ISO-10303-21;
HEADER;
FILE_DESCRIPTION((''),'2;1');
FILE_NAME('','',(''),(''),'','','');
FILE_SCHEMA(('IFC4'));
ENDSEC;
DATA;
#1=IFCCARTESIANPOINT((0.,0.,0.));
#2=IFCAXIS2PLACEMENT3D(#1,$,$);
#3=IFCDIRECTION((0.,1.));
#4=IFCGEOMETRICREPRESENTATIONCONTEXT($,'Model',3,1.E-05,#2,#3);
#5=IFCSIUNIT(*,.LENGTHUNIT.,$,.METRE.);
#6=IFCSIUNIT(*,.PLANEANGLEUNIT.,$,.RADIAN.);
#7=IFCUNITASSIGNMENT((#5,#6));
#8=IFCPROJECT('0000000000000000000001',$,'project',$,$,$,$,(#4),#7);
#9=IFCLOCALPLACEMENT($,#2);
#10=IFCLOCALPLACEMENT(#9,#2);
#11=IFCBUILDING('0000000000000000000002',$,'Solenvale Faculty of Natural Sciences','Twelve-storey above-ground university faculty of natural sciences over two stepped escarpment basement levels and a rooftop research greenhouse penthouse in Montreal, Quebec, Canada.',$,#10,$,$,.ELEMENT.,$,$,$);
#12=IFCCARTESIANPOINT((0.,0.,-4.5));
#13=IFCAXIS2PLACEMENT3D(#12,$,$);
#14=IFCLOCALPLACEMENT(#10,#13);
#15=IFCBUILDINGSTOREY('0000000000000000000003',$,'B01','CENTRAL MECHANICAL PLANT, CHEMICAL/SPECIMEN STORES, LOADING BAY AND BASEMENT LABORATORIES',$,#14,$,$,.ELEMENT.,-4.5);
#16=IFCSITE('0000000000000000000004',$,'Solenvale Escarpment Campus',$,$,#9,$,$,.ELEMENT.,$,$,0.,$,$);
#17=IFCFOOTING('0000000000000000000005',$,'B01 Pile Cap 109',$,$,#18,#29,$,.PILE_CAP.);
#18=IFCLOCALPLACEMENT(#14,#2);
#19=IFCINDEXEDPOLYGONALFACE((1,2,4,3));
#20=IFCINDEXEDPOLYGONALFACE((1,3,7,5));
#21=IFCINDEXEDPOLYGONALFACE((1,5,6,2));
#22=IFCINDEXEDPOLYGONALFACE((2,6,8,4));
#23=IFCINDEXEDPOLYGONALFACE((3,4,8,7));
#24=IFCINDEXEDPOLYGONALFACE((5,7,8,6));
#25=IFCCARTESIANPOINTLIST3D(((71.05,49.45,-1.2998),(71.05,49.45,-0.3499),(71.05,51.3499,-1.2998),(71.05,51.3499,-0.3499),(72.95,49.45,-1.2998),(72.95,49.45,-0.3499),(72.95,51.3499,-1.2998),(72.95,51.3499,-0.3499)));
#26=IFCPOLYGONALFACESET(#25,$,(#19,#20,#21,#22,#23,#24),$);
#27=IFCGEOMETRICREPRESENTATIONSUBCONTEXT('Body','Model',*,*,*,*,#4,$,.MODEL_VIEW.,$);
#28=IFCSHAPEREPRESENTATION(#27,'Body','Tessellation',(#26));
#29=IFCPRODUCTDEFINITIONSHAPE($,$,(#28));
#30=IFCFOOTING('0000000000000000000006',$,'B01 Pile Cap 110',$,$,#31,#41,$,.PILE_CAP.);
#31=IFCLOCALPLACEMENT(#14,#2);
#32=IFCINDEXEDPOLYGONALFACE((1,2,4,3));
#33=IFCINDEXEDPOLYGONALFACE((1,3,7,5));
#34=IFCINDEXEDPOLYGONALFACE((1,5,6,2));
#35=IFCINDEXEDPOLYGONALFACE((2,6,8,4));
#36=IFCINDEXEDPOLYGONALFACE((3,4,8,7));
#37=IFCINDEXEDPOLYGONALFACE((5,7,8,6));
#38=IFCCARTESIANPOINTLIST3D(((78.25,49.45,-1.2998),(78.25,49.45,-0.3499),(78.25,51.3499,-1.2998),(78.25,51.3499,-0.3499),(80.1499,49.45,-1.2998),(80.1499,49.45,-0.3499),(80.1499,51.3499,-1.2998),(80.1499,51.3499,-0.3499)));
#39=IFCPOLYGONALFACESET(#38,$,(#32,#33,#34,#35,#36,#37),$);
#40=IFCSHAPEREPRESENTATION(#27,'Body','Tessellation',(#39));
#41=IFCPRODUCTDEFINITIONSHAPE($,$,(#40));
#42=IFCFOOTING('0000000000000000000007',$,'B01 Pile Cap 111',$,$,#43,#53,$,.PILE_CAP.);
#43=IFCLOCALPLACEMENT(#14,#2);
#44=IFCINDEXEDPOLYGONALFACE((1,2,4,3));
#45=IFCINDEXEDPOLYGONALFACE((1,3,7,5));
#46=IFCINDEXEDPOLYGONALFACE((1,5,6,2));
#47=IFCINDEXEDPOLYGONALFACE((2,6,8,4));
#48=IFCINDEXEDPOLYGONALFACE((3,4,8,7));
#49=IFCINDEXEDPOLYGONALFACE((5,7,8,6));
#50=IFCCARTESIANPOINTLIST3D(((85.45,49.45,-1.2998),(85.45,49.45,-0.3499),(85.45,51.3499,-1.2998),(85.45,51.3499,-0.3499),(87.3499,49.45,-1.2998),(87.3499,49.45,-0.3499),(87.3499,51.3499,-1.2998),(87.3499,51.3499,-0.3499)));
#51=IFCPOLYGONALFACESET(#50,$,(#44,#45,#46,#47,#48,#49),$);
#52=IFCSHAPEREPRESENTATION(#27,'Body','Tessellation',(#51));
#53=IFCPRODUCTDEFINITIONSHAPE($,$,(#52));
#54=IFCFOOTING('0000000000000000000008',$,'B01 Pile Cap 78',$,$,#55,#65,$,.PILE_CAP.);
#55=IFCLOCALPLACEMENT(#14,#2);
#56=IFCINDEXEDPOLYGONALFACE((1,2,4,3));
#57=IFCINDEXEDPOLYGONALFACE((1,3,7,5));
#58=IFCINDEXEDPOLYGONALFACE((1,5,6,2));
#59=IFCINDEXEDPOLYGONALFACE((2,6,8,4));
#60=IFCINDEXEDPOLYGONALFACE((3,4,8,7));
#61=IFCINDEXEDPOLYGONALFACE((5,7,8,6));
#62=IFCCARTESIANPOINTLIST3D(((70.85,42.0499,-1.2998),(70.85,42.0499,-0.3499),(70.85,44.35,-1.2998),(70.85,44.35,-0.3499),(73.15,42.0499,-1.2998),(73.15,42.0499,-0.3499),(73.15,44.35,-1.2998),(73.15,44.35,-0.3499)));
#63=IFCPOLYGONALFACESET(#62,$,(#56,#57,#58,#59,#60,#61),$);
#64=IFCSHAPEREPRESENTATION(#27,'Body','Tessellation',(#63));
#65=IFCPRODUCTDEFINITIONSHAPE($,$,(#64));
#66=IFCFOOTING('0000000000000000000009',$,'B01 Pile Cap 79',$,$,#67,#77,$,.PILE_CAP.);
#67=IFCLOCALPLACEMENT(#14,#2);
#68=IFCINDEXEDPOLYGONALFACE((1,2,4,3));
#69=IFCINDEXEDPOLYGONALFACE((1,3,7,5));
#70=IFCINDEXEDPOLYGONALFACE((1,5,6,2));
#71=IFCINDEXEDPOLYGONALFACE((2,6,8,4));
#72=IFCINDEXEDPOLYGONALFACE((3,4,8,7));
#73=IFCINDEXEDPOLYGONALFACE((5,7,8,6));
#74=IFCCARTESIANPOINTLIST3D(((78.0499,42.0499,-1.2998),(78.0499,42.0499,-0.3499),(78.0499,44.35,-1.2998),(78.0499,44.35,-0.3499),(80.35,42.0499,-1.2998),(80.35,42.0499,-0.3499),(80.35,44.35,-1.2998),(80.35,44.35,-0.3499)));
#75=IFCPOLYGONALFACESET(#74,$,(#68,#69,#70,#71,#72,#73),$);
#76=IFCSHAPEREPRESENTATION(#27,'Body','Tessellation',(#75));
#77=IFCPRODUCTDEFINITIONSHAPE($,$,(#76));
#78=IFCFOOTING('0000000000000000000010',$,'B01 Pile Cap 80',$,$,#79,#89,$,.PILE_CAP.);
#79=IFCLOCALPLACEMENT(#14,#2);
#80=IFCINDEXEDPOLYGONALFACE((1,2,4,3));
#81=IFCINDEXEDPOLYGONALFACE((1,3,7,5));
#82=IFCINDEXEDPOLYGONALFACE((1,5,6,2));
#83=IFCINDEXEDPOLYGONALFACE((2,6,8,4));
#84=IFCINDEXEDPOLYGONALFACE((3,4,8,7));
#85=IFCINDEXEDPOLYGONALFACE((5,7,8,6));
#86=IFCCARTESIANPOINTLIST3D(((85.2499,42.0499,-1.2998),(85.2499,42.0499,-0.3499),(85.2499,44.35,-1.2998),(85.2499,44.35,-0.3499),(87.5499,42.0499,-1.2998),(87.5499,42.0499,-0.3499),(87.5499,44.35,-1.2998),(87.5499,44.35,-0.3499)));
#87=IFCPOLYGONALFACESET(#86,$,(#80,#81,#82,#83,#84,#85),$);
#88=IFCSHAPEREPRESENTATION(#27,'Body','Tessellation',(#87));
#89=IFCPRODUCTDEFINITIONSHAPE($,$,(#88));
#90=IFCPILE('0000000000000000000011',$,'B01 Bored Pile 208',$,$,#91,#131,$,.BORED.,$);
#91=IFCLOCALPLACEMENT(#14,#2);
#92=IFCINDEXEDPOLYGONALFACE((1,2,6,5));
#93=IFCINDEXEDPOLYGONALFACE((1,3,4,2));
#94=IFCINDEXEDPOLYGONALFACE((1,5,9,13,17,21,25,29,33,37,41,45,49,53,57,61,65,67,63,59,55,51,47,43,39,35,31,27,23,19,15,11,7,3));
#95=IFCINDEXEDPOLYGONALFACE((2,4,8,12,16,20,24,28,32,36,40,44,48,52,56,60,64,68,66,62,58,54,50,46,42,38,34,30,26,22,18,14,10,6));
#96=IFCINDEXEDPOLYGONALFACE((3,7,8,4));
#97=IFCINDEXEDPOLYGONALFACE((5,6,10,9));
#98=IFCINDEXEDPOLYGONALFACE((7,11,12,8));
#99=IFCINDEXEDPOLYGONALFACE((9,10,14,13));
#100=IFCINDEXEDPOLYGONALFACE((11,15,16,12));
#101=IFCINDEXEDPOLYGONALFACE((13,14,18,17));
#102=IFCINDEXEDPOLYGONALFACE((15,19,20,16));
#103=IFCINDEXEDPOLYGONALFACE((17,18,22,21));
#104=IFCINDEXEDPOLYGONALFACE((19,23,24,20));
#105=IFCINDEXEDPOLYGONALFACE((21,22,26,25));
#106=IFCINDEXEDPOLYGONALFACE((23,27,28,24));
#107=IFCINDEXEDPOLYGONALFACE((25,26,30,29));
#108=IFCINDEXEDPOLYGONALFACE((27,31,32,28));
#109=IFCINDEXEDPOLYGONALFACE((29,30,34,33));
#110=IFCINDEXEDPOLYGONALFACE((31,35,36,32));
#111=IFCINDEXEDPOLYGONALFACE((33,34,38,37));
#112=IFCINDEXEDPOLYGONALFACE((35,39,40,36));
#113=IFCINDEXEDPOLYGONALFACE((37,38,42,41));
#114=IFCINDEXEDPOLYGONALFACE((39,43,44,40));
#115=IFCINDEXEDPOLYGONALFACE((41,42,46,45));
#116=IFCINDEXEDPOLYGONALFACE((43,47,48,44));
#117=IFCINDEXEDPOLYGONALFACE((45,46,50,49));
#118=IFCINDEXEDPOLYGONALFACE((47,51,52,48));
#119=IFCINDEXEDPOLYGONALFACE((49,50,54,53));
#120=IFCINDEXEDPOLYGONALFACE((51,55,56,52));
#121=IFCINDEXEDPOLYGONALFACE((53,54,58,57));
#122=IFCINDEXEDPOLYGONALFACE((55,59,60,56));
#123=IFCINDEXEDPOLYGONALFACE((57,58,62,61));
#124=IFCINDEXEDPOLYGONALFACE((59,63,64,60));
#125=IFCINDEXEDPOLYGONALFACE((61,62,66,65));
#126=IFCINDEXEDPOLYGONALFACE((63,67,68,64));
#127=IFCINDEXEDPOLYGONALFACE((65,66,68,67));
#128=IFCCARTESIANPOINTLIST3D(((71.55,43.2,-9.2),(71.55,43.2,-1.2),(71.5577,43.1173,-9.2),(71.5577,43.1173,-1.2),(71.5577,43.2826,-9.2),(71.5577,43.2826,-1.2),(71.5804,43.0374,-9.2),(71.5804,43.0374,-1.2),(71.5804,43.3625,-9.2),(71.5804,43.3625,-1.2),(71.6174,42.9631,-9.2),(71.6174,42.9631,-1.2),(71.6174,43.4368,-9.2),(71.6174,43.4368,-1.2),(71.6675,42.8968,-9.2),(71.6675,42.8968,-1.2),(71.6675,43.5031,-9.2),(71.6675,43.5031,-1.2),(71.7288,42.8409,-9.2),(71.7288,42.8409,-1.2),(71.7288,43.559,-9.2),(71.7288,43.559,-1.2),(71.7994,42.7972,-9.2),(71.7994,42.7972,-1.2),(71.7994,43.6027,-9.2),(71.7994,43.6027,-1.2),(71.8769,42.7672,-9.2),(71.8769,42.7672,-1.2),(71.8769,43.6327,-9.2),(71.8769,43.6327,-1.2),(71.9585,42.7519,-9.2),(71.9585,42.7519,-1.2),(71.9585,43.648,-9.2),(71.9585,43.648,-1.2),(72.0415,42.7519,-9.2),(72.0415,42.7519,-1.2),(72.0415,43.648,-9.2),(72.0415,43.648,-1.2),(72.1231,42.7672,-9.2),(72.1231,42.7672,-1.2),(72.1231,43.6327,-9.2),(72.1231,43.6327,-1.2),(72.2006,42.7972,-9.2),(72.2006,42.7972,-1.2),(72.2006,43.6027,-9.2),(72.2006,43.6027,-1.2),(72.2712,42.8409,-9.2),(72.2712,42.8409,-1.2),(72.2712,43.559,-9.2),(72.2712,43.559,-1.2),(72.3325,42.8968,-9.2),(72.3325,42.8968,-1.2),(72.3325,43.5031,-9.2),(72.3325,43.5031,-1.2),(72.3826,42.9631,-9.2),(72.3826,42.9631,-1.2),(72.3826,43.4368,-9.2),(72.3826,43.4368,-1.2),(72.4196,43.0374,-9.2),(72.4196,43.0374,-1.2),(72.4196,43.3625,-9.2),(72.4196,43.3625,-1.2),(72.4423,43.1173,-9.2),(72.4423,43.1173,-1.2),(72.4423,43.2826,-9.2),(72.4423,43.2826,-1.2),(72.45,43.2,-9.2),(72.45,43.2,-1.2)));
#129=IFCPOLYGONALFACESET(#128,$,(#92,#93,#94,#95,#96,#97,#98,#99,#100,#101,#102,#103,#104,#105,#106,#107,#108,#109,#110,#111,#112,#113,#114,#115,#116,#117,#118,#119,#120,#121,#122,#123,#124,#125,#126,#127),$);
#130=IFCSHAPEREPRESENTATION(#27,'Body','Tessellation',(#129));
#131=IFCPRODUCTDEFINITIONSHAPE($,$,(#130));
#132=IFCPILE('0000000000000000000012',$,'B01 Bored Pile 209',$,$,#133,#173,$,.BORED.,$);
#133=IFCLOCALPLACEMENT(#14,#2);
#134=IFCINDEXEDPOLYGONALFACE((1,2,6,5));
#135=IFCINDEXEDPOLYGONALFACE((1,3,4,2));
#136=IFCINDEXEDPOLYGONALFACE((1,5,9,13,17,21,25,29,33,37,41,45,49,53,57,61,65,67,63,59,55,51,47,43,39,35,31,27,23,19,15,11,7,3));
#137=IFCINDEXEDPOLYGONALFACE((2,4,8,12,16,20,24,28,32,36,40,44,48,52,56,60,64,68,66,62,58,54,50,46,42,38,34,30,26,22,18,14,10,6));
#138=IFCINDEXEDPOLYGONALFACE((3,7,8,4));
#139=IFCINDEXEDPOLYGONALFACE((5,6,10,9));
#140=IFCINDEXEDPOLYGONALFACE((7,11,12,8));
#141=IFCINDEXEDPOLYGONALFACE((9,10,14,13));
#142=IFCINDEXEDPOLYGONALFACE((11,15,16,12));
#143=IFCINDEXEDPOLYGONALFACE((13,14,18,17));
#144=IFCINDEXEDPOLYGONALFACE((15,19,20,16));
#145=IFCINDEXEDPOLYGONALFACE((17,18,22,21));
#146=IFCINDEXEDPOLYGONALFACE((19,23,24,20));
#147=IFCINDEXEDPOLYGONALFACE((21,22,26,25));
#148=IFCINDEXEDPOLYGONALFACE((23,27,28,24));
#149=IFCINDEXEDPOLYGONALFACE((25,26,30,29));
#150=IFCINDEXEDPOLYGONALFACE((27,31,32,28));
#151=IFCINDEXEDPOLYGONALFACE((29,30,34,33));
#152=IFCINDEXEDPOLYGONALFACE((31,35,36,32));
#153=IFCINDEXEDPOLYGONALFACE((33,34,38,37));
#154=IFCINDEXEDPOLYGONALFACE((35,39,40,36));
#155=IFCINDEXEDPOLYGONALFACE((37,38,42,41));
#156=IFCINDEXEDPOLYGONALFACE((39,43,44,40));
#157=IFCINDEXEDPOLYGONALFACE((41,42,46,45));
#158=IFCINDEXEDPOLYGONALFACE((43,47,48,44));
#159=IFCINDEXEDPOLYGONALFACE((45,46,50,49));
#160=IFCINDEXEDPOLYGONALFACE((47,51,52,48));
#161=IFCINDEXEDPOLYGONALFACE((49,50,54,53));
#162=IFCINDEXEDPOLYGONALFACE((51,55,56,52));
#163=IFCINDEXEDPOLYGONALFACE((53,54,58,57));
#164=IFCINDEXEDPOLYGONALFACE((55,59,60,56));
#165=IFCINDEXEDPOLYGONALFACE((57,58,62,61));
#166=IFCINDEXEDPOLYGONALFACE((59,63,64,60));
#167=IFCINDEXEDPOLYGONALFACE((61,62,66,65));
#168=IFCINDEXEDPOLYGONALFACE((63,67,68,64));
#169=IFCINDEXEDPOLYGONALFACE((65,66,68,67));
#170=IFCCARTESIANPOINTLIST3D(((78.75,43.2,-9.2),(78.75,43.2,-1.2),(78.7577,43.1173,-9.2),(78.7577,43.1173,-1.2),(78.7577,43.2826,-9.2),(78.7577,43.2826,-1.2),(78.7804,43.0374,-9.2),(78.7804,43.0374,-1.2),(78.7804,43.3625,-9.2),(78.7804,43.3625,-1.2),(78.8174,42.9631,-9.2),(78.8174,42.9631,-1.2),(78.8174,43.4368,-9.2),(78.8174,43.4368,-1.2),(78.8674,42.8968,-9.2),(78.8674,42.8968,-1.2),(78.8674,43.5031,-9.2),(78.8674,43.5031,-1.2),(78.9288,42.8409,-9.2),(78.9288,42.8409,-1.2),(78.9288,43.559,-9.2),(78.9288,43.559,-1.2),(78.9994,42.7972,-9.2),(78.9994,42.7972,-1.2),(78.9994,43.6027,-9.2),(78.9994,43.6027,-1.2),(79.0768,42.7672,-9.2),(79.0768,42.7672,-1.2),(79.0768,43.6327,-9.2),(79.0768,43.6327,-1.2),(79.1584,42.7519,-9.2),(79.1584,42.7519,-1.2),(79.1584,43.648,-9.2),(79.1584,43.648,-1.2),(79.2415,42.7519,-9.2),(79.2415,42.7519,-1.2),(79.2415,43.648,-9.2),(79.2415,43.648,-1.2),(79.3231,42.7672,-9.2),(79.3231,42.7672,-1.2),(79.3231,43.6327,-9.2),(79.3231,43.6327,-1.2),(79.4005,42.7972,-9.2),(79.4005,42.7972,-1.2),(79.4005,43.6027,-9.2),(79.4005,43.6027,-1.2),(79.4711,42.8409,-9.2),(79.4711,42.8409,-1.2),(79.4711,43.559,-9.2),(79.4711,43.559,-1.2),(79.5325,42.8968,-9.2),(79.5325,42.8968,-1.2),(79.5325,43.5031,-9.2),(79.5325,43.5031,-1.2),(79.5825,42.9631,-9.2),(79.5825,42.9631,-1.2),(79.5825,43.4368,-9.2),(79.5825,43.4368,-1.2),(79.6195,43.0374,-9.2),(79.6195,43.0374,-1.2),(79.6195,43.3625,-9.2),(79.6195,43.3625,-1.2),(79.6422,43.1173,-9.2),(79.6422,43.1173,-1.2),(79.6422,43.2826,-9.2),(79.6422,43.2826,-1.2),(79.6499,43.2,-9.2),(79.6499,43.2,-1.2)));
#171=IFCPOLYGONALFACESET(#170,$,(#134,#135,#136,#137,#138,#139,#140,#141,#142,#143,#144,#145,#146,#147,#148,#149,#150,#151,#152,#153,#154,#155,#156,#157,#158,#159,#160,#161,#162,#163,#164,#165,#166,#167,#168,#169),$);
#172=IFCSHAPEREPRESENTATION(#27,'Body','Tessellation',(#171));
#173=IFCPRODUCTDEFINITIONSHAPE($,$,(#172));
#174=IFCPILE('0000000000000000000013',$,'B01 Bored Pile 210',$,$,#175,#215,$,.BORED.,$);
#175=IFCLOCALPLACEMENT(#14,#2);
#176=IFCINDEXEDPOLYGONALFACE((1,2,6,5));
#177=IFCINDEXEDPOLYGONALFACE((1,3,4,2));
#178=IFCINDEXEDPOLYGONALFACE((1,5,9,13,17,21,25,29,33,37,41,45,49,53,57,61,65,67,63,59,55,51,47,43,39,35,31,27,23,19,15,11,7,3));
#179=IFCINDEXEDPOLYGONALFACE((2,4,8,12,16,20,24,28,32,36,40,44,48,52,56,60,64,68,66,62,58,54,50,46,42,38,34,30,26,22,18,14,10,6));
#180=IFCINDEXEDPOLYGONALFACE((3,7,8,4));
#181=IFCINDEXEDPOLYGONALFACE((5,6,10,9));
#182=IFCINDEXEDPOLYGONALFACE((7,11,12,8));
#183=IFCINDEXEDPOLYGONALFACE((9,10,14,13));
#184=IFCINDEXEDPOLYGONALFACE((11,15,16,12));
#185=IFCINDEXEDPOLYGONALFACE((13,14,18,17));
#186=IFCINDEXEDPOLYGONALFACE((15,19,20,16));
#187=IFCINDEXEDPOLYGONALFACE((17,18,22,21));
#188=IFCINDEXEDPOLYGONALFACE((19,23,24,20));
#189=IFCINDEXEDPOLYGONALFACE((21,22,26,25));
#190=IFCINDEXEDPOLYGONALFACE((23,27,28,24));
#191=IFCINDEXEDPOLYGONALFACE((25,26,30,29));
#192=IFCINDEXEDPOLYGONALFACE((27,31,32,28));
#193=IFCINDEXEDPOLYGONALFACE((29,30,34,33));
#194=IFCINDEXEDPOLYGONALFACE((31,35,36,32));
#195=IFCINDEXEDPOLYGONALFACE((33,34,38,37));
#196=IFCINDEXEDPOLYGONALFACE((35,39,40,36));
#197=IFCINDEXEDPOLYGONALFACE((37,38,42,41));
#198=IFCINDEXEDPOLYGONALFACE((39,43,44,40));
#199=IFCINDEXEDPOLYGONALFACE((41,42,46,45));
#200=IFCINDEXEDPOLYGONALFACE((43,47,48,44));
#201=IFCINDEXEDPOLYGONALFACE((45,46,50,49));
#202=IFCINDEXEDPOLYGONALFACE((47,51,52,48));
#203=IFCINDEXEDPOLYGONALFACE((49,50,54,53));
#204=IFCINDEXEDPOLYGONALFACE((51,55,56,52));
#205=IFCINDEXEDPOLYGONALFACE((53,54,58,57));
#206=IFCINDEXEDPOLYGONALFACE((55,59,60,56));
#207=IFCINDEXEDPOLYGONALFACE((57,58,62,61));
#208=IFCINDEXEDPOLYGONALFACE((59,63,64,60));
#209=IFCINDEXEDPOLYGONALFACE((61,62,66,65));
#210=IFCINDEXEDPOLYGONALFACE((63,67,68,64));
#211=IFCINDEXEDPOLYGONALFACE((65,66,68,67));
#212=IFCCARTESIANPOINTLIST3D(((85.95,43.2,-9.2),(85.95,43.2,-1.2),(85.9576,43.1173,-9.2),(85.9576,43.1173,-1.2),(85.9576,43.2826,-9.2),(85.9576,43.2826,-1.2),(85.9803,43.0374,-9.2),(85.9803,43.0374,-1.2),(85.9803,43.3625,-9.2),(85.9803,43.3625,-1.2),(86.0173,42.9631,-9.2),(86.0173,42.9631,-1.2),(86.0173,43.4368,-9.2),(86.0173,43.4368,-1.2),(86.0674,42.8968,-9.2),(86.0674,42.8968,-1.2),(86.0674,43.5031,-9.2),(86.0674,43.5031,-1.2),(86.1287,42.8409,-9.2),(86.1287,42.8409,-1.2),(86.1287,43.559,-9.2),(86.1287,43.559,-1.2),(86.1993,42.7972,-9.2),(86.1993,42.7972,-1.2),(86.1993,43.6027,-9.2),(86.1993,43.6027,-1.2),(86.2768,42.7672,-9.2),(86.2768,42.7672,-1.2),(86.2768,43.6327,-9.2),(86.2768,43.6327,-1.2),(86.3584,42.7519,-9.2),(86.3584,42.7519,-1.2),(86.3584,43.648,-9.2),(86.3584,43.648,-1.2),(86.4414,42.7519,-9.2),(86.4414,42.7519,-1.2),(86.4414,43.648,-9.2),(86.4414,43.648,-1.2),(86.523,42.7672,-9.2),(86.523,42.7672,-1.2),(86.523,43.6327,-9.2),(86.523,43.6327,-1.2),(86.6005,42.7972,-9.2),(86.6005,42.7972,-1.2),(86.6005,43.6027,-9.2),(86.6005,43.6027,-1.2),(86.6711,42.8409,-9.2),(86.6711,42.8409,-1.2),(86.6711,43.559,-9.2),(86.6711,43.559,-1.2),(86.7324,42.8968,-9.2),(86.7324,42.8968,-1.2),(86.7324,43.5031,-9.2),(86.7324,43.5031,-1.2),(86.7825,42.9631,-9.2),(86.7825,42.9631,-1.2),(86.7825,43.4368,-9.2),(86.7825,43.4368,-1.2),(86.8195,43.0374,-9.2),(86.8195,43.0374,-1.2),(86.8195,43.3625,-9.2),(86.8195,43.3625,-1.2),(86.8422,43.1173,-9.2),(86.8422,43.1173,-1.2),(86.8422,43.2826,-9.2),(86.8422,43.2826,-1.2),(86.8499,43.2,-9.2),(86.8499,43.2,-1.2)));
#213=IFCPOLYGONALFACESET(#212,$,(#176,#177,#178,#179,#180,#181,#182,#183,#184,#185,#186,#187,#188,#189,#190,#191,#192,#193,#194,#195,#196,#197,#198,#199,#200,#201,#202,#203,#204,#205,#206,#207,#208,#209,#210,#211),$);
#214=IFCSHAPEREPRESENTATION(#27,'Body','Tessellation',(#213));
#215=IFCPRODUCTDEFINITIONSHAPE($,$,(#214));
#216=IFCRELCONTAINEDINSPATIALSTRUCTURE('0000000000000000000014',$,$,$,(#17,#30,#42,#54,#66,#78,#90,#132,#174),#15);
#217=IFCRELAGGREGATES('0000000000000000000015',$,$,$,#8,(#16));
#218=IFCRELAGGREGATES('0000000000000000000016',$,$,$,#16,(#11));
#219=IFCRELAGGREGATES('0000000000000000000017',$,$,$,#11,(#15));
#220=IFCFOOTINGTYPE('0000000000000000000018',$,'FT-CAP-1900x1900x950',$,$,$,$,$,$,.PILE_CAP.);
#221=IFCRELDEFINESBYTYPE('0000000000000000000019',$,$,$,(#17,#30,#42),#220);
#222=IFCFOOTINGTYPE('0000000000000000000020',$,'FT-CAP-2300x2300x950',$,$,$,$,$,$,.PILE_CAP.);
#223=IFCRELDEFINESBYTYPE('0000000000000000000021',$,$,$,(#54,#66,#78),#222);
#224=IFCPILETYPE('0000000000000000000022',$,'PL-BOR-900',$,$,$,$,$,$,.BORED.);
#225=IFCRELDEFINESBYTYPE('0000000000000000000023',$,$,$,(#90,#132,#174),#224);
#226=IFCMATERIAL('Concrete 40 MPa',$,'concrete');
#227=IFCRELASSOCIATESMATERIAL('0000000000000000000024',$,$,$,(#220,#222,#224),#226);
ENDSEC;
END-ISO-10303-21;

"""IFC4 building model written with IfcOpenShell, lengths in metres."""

from ifc_helpers import new_model, si_unit, direction, frame, origin, origin_2d, place, context, subcontext, project, spatial, rectangle, circle, extrude, material, material_profile, profile_set, type_object, element, save


model = new_model("IFC4")

# Units and contexts
model_context = context("Model", 3, precision=1e-05, world=origin(), true_north=direction((0.0, 1.0)))
body_context = subcontext(model_context, "Body", "Model", "MODEL_VIEW")
ifc_project = project(units=[si_unit("LENGTHUNIT", "METRE"), si_unit("PLANEANGLEUNIT", "RADIAN")], contexts=[model_context])

# Site, building, storey
site_placement = place(None, origin())
site = spatial("IfcSite", under=ifc_project, at=site_placement, Name="Solenvale Escarpment Campus", CompositionType="ELEMENT", RefElevation=0.0)
building_placement = place(site_placement, origin())
building = spatial("IfcBuilding", under=site, at=building_placement, Name="Solenvale Faculty of Natural Sciences", Description="Twelve-storey above-ground university faculty of natural sciences over two stepped escarpment basement levels and a rooftop research greenhouse penthouse in Montreal, Quebec, Canada.", CompositionType="ELEMENT")
storey_placement = place(building_placement, frame((0.0, 0.0, -4.5)))
storey = spatial("IfcBuildingStorey", under=building, at=storey_placement, Name="B01", Description="CENTRAL MECHANICAL PLANT, CHEMICAL/SPECIMEN STORES, LOADING BAY AND BASEMENT LABORATORIES", CompositionType="ELEMENT", Elevation=-4.5)

# Footings
ifc_material_1 = material(Name="Concrete 40 MPa", Category="concrete")
footing_type_1 = type_object("IfcFootingType", Name="FT-CAP-1900x1900x950", PredefinedType="PILE_CAP", material=ifc_material_1)
for number, where, z_axis, x_axis, name in (
    (1, (72.0, 50.3999, -1.2998), (0.0, 0.0, 1.0), (1.0, 0.0, 0.0), "B01 Pile Cap 109"),
    (2, (79.2, 50.3999, -1.2998), (0.0, 0.0, 1.0), (1.0, 0.0, 0.0), "B01 Pile Cap 110"),
    (3, (86.3999, 50.3999, -1.2998), (0.0, 0.0, 1.0), (1.0, 0.0, 0.0), "B01 Pile Cap 111"),
):
    element("IfcFooting", number, at=place(storey_placement, frame(where, z_axis=z_axis, x_axis=x_axis)), inside=storey, type_object=footing_type_1, Name=name, PredefinedType="PILE_CAP", context=body_context, shape_type="SweptSolid", body=[
        extrude(rectangle(XDim=1.8999, YDim=1.8999, at=origin_2d()), origin(), (0.0, 0.0, 1.0), 0.95),
    ])
footing_type_2 = type_object("IfcFootingType", Name="FT-CAP-2300x2300x950", PredefinedType="PILE_CAP", material=ifc_material_1)
for number, where, z_axis, x_axis, name in (
    (4, (72.0, 43.2, -1.2998), (0.0, 0.0, 1.0), (1.0, 0.0, 0.0), "B01 Pile Cap 78"),
    (5, (79.2, 43.2, -1.2998), (0.0, 0.0, 1.0), (1.0, 0.0, 0.0), "B01 Pile Cap 79"),
    (6, (86.3999, 43.2, -1.2998), (0.0, 0.0, 1.0), (1.0, 0.0, 0.0), "B01 Pile Cap 80"),
):
    element("IfcFooting", number, at=place(storey_placement, frame(where, z_axis=z_axis, x_axis=x_axis)), inside=storey, type_object=footing_type_2, Name=name, PredefinedType="PILE_CAP", context=body_context, shape_type="SweptSolid", body=[
        extrude(rectangle(XDim=2.3, YDim=2.3, at=origin_2d()), origin(), (0.0, 0.0, 1.0), 0.95),
    ])

# Piles
ifc_material_profile_1 = material_profile(ifc_material_1, circle(Radius=0.45, at=origin_2d()), Name="PILE-D900")
ifc_profile_set_1 = profile_set([ifc_material_profile_1], Name="Concrete 40 MPa")
pile_type = type_object("IfcPileType", Name="PL-BOR-900", PredefinedType="BORED", material=ifc_profile_set_1)
for number, where, z_axis, x_axis, name in (
    (7, (72.0, 43.2, -1.2), (0.0, 0.0, -1.0), (1.0, 0.0, 0.0), "B01 Bored Pile 208"),
    (8, (79.2, 43.2, -1.2), (0.0, 0.0, -1.0), (1.0, 0.0, 0.0), "B01 Bored Pile 209"),
    (9, (86.3999, 43.2, -1.2), (0.0, 0.0, -1.0), (1.0, 0.0, 0.0), "B01 Bored Pile 210"),
):
    element("IfcPile", number, at=place(storey_placement, frame(where, z_axis=z_axis, x_axis=x_axis)), inside=storey, type_object=pile_type, Name=name, PredefinedType="BORED", context=body_context, shape_type="SweptSolid", body=[
        extrude(circle(Radius=0.45, at=origin_2d()), origin(), (0.0, 0.0, 1.0), 8.0),
    ])

save(model, "model.ifc")
